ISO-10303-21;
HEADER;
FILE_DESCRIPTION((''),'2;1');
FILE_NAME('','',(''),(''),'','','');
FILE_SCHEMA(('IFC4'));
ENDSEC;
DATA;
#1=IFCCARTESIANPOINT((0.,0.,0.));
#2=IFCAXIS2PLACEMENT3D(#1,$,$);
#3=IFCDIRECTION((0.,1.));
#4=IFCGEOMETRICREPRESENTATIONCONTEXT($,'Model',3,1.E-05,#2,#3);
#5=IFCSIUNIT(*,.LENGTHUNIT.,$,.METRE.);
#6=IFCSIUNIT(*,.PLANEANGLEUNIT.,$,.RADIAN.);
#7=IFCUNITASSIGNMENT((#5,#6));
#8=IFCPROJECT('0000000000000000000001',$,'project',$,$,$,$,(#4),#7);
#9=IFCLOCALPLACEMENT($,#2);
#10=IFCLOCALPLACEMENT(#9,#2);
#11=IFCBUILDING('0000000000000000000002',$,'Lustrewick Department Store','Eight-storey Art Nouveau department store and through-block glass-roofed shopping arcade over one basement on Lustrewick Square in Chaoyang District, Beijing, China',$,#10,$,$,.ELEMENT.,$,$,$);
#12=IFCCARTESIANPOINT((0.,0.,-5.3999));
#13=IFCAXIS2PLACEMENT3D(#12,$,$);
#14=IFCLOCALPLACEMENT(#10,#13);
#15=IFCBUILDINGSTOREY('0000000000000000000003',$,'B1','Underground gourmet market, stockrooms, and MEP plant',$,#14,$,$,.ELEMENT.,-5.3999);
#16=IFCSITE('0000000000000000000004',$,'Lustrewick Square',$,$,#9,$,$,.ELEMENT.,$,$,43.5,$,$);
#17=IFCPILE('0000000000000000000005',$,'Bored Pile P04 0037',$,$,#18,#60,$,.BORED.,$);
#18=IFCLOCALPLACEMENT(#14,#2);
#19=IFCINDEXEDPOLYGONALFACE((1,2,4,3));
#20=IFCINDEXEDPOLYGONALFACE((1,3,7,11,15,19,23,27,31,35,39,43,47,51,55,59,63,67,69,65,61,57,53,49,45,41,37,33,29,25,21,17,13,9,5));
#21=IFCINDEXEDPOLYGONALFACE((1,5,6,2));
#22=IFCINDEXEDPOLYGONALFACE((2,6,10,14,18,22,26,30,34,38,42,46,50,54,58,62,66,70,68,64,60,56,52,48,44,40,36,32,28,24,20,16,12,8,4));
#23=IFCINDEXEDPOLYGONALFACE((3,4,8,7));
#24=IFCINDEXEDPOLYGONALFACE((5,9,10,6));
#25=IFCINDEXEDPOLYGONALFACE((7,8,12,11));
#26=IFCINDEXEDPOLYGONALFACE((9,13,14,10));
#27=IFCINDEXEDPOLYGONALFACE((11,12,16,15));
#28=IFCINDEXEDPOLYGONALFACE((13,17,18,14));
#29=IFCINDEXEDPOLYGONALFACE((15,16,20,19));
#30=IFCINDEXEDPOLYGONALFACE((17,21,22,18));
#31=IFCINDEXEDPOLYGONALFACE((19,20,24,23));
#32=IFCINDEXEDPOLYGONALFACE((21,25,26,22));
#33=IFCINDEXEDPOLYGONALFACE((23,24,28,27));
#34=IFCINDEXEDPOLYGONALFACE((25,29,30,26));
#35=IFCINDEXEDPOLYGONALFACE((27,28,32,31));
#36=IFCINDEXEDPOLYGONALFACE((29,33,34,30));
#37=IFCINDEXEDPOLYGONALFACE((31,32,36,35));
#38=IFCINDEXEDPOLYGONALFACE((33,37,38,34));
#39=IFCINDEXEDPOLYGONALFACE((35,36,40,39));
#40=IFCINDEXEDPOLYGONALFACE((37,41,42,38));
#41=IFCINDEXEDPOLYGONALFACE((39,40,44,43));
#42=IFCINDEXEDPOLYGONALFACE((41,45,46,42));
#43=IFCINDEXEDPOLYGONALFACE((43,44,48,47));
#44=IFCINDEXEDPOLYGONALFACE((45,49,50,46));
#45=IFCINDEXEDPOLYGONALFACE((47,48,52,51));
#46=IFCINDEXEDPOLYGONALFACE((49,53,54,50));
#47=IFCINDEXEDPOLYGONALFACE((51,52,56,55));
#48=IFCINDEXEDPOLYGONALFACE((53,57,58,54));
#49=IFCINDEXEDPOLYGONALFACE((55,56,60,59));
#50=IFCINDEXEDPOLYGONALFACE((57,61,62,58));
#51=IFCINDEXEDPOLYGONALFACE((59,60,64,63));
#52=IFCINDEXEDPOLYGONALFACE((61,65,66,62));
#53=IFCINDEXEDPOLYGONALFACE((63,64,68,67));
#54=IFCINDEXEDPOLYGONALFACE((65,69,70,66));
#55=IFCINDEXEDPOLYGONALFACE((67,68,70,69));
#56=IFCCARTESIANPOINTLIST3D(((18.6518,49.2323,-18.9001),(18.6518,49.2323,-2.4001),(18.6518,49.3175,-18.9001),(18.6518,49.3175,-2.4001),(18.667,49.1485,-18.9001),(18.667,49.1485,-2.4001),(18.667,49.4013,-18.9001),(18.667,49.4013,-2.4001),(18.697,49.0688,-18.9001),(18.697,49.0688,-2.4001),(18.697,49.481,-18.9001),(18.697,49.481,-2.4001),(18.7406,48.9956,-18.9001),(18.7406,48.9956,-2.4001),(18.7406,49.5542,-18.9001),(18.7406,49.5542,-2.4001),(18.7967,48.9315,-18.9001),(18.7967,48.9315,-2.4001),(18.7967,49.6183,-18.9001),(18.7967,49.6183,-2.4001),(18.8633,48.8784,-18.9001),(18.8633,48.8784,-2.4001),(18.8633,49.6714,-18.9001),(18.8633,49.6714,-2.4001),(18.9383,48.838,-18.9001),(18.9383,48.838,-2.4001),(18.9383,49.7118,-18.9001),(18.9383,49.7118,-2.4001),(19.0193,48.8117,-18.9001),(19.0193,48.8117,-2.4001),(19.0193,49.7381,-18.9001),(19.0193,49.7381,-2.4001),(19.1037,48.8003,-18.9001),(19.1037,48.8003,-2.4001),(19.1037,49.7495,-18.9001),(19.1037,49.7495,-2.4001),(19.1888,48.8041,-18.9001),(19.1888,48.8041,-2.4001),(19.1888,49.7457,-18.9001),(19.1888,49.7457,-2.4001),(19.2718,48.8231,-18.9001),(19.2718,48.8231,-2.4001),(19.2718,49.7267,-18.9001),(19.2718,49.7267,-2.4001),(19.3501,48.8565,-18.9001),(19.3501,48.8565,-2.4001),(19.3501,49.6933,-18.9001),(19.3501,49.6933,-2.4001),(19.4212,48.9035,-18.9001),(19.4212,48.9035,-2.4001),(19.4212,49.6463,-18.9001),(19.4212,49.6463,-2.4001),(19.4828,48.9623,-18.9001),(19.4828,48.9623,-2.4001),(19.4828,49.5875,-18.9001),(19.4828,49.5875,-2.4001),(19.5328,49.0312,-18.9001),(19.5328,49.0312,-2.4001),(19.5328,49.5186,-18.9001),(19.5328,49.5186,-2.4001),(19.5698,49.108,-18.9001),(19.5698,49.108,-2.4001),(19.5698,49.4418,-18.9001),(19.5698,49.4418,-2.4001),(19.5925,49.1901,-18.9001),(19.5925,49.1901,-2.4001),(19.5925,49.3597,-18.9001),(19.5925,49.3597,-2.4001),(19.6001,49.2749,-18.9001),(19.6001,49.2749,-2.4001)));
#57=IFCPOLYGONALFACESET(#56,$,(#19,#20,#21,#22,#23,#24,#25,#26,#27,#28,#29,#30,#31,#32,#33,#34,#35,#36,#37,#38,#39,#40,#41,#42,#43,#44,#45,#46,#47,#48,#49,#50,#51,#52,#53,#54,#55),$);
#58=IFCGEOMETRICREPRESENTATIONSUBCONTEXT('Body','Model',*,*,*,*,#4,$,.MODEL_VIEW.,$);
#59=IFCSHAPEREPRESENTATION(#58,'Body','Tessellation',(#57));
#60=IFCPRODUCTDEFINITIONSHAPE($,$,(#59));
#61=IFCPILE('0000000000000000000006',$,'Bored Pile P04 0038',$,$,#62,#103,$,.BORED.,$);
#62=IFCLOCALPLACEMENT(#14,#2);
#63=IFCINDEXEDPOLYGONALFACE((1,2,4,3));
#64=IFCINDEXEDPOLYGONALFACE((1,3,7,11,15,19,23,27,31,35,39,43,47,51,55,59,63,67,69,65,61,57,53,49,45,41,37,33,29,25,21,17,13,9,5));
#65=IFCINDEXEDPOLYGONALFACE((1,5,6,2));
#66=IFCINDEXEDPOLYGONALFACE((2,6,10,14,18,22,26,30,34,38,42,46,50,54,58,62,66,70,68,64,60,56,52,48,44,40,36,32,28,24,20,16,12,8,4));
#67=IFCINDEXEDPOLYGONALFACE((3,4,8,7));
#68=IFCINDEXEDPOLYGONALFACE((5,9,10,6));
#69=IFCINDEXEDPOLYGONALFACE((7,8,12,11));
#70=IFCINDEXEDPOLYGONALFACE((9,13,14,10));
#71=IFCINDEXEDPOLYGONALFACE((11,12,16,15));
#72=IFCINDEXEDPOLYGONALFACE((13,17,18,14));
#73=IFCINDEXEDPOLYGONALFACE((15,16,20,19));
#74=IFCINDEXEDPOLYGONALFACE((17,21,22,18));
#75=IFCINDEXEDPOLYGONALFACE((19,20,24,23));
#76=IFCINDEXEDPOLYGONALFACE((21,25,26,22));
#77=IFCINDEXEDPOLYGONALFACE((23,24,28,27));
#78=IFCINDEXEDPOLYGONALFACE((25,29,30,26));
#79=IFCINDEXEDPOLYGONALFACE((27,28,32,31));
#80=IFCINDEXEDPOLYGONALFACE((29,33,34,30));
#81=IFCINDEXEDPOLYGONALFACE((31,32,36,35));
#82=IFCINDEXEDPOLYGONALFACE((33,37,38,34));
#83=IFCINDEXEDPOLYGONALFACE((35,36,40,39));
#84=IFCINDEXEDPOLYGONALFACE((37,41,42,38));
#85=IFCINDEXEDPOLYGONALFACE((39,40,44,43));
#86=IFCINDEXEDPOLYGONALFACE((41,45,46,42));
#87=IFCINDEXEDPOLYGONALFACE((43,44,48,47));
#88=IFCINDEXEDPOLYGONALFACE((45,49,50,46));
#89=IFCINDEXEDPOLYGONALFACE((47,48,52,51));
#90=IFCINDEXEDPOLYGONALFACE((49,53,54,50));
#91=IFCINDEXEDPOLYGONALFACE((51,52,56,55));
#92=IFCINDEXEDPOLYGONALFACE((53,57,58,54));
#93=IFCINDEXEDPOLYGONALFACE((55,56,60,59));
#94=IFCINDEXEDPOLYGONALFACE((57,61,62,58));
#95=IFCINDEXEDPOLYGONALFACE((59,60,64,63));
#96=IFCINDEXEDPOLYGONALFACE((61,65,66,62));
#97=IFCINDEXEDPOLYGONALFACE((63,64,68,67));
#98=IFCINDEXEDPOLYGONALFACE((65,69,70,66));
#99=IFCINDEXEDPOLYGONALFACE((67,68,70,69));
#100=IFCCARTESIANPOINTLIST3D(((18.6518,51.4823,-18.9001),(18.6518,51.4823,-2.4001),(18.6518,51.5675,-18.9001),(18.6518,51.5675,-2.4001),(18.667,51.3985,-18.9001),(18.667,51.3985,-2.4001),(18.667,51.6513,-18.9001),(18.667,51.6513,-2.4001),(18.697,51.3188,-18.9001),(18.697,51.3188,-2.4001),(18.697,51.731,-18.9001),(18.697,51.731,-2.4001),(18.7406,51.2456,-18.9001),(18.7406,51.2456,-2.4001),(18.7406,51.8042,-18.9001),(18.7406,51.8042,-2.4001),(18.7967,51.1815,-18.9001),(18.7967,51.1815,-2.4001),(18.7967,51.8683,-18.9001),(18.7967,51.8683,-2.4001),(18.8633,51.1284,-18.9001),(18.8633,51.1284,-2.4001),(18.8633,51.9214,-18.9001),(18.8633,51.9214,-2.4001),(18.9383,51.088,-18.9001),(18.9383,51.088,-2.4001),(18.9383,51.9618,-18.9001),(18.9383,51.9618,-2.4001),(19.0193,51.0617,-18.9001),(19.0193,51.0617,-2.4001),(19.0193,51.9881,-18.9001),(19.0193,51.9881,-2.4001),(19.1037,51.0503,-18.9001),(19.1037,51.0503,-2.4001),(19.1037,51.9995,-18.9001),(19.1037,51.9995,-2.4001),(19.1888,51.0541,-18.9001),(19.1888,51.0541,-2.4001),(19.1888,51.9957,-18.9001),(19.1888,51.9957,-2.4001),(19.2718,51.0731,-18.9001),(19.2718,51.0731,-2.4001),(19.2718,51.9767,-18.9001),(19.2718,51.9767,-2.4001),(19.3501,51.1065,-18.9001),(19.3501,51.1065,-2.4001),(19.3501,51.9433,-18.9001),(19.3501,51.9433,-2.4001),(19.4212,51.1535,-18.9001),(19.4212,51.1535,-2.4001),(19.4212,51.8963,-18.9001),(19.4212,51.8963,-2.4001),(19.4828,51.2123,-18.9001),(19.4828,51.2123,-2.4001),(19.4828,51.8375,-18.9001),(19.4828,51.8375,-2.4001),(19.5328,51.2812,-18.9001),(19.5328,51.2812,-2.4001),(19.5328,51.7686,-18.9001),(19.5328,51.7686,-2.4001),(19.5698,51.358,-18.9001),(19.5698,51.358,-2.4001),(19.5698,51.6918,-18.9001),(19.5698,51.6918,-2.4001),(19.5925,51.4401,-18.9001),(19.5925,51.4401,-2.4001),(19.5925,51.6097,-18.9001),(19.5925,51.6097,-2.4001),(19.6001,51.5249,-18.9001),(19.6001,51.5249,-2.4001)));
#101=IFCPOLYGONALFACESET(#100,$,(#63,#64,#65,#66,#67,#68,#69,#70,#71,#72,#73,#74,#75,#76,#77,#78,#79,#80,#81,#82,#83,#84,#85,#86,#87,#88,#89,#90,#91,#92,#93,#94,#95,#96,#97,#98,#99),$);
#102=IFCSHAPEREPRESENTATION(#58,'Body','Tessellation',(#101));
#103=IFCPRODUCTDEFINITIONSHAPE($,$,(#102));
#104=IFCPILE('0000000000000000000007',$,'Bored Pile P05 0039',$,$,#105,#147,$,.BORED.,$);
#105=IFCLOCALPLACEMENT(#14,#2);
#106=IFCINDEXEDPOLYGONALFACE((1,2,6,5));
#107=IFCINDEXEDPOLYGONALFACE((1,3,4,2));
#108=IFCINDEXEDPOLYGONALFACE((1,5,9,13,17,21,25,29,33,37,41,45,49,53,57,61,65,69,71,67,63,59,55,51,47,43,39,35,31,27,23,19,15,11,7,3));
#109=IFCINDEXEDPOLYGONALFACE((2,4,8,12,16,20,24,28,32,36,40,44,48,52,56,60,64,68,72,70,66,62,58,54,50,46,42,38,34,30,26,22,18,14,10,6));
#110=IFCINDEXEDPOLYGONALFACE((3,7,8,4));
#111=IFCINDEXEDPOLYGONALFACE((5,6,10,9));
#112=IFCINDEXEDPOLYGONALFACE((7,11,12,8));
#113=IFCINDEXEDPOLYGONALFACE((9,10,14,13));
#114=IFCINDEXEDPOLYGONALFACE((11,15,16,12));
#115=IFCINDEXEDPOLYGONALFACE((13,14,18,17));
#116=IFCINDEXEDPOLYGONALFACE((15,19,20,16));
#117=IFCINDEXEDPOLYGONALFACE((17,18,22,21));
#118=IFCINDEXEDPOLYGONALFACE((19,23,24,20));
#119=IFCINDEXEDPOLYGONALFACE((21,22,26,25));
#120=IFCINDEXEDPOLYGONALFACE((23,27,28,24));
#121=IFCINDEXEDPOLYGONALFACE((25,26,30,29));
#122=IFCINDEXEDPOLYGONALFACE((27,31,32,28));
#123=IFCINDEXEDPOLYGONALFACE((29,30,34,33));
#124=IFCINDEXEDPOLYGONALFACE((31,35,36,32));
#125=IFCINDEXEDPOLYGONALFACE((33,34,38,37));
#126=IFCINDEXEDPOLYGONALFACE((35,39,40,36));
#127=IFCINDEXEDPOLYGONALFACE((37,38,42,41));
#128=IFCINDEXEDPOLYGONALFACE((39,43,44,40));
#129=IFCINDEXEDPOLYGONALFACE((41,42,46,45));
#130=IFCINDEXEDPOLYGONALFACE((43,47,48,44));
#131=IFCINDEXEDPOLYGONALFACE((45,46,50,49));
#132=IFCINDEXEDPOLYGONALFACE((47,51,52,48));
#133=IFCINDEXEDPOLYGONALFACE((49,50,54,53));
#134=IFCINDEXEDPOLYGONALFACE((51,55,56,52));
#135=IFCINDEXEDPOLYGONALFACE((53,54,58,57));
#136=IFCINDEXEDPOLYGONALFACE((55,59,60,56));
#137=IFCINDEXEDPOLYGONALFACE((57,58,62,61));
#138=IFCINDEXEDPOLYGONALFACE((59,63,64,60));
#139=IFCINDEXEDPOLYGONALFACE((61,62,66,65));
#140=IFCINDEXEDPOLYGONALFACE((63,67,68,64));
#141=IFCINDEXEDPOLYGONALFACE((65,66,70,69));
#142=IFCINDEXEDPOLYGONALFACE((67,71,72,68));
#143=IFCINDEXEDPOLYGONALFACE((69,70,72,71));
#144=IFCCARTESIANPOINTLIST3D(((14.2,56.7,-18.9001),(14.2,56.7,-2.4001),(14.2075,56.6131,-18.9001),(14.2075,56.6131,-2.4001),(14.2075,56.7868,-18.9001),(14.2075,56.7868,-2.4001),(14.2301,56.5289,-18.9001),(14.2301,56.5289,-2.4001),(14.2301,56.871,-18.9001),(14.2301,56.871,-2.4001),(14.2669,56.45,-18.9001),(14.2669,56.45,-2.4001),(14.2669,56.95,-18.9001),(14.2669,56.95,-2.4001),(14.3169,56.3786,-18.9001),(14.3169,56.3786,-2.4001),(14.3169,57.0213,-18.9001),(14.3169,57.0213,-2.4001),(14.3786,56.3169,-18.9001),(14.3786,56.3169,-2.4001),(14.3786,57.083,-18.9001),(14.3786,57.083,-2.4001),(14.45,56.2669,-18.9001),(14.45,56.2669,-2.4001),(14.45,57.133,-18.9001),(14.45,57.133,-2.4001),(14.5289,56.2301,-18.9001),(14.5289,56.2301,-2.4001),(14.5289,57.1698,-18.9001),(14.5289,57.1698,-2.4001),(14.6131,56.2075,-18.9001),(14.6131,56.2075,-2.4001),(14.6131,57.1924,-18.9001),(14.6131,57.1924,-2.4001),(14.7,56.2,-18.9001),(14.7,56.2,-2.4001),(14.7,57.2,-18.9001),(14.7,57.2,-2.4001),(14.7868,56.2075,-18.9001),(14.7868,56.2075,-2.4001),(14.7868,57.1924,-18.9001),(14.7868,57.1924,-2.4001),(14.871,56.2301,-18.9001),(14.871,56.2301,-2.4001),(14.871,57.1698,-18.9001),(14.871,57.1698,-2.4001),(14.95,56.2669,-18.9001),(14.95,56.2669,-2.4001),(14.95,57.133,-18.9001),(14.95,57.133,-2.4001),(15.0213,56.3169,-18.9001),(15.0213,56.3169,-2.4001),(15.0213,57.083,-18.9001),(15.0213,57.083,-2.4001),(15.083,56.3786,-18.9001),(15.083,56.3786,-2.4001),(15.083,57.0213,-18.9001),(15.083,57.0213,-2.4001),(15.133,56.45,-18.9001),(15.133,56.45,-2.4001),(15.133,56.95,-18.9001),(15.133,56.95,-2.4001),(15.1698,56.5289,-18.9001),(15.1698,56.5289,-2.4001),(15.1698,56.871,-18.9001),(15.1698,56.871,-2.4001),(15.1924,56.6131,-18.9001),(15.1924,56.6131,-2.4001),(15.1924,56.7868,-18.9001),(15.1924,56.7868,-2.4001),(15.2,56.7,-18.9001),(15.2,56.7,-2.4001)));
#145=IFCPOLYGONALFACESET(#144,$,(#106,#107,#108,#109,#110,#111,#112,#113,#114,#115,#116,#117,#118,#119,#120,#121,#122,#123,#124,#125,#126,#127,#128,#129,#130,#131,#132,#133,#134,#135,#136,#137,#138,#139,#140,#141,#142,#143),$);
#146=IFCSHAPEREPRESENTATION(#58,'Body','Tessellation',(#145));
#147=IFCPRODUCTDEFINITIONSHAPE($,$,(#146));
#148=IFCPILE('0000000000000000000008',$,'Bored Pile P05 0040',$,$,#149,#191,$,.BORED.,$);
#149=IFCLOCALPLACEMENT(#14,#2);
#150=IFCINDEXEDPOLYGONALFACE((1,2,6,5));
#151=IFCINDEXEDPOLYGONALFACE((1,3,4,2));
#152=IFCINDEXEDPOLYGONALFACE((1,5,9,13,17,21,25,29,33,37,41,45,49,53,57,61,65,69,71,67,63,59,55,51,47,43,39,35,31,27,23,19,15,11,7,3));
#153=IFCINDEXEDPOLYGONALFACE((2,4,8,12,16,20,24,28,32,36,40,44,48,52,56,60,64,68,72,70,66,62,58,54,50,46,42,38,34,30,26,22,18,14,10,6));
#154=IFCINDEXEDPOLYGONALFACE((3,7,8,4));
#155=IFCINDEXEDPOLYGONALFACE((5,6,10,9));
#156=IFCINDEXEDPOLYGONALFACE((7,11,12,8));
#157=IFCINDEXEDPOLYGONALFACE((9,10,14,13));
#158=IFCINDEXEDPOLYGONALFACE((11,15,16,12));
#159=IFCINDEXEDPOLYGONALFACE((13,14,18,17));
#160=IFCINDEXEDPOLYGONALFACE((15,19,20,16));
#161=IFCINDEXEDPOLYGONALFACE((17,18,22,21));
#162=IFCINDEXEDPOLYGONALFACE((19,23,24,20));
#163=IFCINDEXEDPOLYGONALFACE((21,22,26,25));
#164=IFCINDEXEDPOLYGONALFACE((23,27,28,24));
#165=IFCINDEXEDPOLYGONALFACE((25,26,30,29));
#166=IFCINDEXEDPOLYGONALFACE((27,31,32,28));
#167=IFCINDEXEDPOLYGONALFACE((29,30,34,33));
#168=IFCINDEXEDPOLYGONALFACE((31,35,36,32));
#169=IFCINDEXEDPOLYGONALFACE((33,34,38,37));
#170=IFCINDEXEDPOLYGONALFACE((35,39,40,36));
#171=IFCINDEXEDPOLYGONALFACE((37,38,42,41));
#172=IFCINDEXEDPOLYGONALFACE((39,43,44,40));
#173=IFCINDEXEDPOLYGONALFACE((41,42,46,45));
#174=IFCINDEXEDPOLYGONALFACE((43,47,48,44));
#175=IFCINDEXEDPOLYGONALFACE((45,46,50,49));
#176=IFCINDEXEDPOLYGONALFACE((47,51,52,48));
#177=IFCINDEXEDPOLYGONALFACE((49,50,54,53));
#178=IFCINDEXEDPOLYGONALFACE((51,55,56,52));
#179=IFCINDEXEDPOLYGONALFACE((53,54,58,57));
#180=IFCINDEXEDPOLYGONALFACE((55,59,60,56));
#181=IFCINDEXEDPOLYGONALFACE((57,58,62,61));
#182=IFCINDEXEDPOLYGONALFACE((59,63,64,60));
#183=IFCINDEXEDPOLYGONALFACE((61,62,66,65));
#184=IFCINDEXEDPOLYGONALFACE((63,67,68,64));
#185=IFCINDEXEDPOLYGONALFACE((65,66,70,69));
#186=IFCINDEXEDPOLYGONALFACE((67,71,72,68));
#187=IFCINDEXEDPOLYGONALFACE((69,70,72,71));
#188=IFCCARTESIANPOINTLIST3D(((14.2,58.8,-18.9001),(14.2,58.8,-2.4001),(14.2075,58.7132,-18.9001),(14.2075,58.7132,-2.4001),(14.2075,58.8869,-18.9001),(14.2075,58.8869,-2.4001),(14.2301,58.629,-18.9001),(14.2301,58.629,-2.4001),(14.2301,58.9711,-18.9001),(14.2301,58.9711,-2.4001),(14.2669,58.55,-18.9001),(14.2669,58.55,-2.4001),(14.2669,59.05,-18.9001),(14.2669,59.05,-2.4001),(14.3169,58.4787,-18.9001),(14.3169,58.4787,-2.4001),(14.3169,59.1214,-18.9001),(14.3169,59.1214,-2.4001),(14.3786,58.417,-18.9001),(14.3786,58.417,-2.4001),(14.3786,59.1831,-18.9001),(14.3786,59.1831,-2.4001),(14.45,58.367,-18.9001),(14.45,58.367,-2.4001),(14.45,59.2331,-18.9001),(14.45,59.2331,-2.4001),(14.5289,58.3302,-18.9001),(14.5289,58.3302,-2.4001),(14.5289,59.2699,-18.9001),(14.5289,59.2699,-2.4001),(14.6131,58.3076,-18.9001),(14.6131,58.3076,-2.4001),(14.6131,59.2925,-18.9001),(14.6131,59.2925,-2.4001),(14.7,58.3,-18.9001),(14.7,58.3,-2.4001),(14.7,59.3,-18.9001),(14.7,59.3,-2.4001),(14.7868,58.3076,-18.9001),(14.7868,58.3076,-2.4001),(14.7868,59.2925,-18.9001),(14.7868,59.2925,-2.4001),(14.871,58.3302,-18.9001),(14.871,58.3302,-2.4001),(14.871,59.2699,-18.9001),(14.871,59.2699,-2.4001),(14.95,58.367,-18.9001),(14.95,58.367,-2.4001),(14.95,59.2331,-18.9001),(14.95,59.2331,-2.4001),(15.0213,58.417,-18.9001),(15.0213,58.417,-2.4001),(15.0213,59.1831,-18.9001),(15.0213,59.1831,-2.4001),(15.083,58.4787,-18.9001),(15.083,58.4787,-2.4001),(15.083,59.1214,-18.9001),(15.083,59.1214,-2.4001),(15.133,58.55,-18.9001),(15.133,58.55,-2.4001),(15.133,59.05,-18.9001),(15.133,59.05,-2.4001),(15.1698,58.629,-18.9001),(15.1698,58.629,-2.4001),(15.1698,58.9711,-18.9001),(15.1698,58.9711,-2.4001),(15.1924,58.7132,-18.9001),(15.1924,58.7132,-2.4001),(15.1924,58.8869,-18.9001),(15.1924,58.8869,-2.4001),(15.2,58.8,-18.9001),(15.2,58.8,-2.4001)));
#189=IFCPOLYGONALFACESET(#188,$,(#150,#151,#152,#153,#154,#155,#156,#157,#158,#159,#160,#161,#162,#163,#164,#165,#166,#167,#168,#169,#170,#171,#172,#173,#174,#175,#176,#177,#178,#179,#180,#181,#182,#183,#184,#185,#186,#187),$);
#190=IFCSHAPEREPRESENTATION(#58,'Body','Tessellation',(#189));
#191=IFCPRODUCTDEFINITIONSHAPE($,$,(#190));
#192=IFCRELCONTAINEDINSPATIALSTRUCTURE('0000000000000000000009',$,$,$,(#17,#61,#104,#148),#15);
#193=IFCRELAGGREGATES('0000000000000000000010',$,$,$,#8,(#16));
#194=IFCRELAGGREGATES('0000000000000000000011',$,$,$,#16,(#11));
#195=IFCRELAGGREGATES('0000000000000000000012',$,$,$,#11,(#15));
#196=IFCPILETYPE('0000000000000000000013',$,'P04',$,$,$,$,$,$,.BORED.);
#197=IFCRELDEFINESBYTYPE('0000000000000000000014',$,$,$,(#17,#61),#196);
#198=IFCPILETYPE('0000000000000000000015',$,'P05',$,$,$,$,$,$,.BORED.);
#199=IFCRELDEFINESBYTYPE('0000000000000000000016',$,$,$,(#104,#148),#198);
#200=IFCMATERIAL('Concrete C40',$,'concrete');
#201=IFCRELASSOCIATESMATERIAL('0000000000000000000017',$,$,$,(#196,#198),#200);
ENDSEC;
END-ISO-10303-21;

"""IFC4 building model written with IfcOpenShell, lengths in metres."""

from ifc_helpers import new_model, si_unit, direction, frame, origin, origin_2d, place, context, subcontext, project, spatial, circle, extrude, material, material_profile, profile_set, type_object, element, save


model = new_model("IFC4")

# Units and contexts
model_context = context("Model", 3, precision=1e-05, world=origin(), true_north=direction((0.0, 1.0)))
body_context = subcontext(model_context, "Body", "Model", "MODEL_VIEW")
ifc_project = project(units=[si_unit("LENGTHUNIT", "METRE"), si_unit("PLANEANGLEUNIT", "RADIAN")], contexts=[model_context])

# Site, building, storey
site_placement = place(None, origin())
site = spatial("IfcSite", under=ifc_project, at=site_placement, Name="Lustrewick Square", CompositionType="ELEMENT", RefElevation=43.5)
building_placement = place(site_placement, origin())
building = spatial("IfcBuilding", under=site, at=building_placement, Name="Lustrewick Department Store", Description="Eight-storey Art Nouveau department store and through-block glass-roofed shopping arcade over one basement on Lustrewick Square in Chaoyang District, Beijing, China", CompositionType="ELEMENT")
storey_placement = place(building_placement, frame((0.0, 0.0, -5.3999)))
storey = spatial("IfcBuildingStorey", under=building, at=storey_placement, Name="B1", Description="Underground gourmet market, stockrooms, and MEP plant", CompositionType="ELEMENT", Elevation=-5.3999)

# Piles
ifc_material_1 = material(Name="Concrete C40", Category="concrete")
ifc_material_profile_1 = material_profile(ifc_material_1, circle(Radius=0.4751, at=origin_2d()), Name="PILE D950")
ifc_profile_set_1 = profile_set([ifc_material_profile_1], Name="Concrete C40")
pile_type_1 = type_object("IfcPileType", Name="P04", PredefinedType="BORED", material=ifc_profile_set_1)
for number, where, z_axis, x_axis, name in (
    (1, (19.125, 49.2749, -2.4001), (0.0, 0.0, -1.0), (1.0, 0.0, 0.0), "Bored Pile P04 0037"),
    (2, (19.125, 51.5249, -2.4001), (0.0, 0.0, -1.0), (1.0, 0.0, 0.0), "Bored Pile P04 0038"),
):
    element("IfcPile", number, at=place(storey_placement, frame(where, z_axis=z_axis, x_axis=x_axis)), inside=storey, type_object=pile_type_1, Name=name, PredefinedType="BORED", context=body_context, shape_type="SweptSolid", body=[
        extrude(circle(Radius=0.4751, at=origin_2d()), origin(), (0.0, 0.0, 1.0), 16.5),
    ])
ifc_material_profile_2 = material_profile(ifc_material_1, circle(Radius=0.5, at=origin_2d()), Name="PILE D1000")
ifc_profile_set_2 = profile_set([ifc_material_profile_2], Name="Concrete C40")
pile_type_2 = type_object("IfcPileType", Name="P05", PredefinedType="BORED", material=ifc_profile_set_2)
for number, where, z_axis, x_axis, name in (
    (3, (14.7, 56.7, -2.4001), (0.0, 0.0, -1.0), (1.0, 0.0, 0.0), "Bored Pile P05 0039"),
    (4, (14.7, 58.8, -2.4001), (0.0, 0.0, -1.0), (1.0, 0.0, 0.0), "Bored Pile P05 0040"),
):
    element("IfcPile", number, at=place(storey_placement, frame(where, z_axis=z_axis, x_axis=x_axis)), inside=storey, type_object=pile_type_2, Name=name, PredefinedType="BORED", context=body_context, shape_type="SweptSolid", body=[
        extrude(circle(Radius=0.5, at=origin_2d()), origin(), (0.0, 0.0, 1.0), 16.5),
    ])

save(model, "model.ifc")
